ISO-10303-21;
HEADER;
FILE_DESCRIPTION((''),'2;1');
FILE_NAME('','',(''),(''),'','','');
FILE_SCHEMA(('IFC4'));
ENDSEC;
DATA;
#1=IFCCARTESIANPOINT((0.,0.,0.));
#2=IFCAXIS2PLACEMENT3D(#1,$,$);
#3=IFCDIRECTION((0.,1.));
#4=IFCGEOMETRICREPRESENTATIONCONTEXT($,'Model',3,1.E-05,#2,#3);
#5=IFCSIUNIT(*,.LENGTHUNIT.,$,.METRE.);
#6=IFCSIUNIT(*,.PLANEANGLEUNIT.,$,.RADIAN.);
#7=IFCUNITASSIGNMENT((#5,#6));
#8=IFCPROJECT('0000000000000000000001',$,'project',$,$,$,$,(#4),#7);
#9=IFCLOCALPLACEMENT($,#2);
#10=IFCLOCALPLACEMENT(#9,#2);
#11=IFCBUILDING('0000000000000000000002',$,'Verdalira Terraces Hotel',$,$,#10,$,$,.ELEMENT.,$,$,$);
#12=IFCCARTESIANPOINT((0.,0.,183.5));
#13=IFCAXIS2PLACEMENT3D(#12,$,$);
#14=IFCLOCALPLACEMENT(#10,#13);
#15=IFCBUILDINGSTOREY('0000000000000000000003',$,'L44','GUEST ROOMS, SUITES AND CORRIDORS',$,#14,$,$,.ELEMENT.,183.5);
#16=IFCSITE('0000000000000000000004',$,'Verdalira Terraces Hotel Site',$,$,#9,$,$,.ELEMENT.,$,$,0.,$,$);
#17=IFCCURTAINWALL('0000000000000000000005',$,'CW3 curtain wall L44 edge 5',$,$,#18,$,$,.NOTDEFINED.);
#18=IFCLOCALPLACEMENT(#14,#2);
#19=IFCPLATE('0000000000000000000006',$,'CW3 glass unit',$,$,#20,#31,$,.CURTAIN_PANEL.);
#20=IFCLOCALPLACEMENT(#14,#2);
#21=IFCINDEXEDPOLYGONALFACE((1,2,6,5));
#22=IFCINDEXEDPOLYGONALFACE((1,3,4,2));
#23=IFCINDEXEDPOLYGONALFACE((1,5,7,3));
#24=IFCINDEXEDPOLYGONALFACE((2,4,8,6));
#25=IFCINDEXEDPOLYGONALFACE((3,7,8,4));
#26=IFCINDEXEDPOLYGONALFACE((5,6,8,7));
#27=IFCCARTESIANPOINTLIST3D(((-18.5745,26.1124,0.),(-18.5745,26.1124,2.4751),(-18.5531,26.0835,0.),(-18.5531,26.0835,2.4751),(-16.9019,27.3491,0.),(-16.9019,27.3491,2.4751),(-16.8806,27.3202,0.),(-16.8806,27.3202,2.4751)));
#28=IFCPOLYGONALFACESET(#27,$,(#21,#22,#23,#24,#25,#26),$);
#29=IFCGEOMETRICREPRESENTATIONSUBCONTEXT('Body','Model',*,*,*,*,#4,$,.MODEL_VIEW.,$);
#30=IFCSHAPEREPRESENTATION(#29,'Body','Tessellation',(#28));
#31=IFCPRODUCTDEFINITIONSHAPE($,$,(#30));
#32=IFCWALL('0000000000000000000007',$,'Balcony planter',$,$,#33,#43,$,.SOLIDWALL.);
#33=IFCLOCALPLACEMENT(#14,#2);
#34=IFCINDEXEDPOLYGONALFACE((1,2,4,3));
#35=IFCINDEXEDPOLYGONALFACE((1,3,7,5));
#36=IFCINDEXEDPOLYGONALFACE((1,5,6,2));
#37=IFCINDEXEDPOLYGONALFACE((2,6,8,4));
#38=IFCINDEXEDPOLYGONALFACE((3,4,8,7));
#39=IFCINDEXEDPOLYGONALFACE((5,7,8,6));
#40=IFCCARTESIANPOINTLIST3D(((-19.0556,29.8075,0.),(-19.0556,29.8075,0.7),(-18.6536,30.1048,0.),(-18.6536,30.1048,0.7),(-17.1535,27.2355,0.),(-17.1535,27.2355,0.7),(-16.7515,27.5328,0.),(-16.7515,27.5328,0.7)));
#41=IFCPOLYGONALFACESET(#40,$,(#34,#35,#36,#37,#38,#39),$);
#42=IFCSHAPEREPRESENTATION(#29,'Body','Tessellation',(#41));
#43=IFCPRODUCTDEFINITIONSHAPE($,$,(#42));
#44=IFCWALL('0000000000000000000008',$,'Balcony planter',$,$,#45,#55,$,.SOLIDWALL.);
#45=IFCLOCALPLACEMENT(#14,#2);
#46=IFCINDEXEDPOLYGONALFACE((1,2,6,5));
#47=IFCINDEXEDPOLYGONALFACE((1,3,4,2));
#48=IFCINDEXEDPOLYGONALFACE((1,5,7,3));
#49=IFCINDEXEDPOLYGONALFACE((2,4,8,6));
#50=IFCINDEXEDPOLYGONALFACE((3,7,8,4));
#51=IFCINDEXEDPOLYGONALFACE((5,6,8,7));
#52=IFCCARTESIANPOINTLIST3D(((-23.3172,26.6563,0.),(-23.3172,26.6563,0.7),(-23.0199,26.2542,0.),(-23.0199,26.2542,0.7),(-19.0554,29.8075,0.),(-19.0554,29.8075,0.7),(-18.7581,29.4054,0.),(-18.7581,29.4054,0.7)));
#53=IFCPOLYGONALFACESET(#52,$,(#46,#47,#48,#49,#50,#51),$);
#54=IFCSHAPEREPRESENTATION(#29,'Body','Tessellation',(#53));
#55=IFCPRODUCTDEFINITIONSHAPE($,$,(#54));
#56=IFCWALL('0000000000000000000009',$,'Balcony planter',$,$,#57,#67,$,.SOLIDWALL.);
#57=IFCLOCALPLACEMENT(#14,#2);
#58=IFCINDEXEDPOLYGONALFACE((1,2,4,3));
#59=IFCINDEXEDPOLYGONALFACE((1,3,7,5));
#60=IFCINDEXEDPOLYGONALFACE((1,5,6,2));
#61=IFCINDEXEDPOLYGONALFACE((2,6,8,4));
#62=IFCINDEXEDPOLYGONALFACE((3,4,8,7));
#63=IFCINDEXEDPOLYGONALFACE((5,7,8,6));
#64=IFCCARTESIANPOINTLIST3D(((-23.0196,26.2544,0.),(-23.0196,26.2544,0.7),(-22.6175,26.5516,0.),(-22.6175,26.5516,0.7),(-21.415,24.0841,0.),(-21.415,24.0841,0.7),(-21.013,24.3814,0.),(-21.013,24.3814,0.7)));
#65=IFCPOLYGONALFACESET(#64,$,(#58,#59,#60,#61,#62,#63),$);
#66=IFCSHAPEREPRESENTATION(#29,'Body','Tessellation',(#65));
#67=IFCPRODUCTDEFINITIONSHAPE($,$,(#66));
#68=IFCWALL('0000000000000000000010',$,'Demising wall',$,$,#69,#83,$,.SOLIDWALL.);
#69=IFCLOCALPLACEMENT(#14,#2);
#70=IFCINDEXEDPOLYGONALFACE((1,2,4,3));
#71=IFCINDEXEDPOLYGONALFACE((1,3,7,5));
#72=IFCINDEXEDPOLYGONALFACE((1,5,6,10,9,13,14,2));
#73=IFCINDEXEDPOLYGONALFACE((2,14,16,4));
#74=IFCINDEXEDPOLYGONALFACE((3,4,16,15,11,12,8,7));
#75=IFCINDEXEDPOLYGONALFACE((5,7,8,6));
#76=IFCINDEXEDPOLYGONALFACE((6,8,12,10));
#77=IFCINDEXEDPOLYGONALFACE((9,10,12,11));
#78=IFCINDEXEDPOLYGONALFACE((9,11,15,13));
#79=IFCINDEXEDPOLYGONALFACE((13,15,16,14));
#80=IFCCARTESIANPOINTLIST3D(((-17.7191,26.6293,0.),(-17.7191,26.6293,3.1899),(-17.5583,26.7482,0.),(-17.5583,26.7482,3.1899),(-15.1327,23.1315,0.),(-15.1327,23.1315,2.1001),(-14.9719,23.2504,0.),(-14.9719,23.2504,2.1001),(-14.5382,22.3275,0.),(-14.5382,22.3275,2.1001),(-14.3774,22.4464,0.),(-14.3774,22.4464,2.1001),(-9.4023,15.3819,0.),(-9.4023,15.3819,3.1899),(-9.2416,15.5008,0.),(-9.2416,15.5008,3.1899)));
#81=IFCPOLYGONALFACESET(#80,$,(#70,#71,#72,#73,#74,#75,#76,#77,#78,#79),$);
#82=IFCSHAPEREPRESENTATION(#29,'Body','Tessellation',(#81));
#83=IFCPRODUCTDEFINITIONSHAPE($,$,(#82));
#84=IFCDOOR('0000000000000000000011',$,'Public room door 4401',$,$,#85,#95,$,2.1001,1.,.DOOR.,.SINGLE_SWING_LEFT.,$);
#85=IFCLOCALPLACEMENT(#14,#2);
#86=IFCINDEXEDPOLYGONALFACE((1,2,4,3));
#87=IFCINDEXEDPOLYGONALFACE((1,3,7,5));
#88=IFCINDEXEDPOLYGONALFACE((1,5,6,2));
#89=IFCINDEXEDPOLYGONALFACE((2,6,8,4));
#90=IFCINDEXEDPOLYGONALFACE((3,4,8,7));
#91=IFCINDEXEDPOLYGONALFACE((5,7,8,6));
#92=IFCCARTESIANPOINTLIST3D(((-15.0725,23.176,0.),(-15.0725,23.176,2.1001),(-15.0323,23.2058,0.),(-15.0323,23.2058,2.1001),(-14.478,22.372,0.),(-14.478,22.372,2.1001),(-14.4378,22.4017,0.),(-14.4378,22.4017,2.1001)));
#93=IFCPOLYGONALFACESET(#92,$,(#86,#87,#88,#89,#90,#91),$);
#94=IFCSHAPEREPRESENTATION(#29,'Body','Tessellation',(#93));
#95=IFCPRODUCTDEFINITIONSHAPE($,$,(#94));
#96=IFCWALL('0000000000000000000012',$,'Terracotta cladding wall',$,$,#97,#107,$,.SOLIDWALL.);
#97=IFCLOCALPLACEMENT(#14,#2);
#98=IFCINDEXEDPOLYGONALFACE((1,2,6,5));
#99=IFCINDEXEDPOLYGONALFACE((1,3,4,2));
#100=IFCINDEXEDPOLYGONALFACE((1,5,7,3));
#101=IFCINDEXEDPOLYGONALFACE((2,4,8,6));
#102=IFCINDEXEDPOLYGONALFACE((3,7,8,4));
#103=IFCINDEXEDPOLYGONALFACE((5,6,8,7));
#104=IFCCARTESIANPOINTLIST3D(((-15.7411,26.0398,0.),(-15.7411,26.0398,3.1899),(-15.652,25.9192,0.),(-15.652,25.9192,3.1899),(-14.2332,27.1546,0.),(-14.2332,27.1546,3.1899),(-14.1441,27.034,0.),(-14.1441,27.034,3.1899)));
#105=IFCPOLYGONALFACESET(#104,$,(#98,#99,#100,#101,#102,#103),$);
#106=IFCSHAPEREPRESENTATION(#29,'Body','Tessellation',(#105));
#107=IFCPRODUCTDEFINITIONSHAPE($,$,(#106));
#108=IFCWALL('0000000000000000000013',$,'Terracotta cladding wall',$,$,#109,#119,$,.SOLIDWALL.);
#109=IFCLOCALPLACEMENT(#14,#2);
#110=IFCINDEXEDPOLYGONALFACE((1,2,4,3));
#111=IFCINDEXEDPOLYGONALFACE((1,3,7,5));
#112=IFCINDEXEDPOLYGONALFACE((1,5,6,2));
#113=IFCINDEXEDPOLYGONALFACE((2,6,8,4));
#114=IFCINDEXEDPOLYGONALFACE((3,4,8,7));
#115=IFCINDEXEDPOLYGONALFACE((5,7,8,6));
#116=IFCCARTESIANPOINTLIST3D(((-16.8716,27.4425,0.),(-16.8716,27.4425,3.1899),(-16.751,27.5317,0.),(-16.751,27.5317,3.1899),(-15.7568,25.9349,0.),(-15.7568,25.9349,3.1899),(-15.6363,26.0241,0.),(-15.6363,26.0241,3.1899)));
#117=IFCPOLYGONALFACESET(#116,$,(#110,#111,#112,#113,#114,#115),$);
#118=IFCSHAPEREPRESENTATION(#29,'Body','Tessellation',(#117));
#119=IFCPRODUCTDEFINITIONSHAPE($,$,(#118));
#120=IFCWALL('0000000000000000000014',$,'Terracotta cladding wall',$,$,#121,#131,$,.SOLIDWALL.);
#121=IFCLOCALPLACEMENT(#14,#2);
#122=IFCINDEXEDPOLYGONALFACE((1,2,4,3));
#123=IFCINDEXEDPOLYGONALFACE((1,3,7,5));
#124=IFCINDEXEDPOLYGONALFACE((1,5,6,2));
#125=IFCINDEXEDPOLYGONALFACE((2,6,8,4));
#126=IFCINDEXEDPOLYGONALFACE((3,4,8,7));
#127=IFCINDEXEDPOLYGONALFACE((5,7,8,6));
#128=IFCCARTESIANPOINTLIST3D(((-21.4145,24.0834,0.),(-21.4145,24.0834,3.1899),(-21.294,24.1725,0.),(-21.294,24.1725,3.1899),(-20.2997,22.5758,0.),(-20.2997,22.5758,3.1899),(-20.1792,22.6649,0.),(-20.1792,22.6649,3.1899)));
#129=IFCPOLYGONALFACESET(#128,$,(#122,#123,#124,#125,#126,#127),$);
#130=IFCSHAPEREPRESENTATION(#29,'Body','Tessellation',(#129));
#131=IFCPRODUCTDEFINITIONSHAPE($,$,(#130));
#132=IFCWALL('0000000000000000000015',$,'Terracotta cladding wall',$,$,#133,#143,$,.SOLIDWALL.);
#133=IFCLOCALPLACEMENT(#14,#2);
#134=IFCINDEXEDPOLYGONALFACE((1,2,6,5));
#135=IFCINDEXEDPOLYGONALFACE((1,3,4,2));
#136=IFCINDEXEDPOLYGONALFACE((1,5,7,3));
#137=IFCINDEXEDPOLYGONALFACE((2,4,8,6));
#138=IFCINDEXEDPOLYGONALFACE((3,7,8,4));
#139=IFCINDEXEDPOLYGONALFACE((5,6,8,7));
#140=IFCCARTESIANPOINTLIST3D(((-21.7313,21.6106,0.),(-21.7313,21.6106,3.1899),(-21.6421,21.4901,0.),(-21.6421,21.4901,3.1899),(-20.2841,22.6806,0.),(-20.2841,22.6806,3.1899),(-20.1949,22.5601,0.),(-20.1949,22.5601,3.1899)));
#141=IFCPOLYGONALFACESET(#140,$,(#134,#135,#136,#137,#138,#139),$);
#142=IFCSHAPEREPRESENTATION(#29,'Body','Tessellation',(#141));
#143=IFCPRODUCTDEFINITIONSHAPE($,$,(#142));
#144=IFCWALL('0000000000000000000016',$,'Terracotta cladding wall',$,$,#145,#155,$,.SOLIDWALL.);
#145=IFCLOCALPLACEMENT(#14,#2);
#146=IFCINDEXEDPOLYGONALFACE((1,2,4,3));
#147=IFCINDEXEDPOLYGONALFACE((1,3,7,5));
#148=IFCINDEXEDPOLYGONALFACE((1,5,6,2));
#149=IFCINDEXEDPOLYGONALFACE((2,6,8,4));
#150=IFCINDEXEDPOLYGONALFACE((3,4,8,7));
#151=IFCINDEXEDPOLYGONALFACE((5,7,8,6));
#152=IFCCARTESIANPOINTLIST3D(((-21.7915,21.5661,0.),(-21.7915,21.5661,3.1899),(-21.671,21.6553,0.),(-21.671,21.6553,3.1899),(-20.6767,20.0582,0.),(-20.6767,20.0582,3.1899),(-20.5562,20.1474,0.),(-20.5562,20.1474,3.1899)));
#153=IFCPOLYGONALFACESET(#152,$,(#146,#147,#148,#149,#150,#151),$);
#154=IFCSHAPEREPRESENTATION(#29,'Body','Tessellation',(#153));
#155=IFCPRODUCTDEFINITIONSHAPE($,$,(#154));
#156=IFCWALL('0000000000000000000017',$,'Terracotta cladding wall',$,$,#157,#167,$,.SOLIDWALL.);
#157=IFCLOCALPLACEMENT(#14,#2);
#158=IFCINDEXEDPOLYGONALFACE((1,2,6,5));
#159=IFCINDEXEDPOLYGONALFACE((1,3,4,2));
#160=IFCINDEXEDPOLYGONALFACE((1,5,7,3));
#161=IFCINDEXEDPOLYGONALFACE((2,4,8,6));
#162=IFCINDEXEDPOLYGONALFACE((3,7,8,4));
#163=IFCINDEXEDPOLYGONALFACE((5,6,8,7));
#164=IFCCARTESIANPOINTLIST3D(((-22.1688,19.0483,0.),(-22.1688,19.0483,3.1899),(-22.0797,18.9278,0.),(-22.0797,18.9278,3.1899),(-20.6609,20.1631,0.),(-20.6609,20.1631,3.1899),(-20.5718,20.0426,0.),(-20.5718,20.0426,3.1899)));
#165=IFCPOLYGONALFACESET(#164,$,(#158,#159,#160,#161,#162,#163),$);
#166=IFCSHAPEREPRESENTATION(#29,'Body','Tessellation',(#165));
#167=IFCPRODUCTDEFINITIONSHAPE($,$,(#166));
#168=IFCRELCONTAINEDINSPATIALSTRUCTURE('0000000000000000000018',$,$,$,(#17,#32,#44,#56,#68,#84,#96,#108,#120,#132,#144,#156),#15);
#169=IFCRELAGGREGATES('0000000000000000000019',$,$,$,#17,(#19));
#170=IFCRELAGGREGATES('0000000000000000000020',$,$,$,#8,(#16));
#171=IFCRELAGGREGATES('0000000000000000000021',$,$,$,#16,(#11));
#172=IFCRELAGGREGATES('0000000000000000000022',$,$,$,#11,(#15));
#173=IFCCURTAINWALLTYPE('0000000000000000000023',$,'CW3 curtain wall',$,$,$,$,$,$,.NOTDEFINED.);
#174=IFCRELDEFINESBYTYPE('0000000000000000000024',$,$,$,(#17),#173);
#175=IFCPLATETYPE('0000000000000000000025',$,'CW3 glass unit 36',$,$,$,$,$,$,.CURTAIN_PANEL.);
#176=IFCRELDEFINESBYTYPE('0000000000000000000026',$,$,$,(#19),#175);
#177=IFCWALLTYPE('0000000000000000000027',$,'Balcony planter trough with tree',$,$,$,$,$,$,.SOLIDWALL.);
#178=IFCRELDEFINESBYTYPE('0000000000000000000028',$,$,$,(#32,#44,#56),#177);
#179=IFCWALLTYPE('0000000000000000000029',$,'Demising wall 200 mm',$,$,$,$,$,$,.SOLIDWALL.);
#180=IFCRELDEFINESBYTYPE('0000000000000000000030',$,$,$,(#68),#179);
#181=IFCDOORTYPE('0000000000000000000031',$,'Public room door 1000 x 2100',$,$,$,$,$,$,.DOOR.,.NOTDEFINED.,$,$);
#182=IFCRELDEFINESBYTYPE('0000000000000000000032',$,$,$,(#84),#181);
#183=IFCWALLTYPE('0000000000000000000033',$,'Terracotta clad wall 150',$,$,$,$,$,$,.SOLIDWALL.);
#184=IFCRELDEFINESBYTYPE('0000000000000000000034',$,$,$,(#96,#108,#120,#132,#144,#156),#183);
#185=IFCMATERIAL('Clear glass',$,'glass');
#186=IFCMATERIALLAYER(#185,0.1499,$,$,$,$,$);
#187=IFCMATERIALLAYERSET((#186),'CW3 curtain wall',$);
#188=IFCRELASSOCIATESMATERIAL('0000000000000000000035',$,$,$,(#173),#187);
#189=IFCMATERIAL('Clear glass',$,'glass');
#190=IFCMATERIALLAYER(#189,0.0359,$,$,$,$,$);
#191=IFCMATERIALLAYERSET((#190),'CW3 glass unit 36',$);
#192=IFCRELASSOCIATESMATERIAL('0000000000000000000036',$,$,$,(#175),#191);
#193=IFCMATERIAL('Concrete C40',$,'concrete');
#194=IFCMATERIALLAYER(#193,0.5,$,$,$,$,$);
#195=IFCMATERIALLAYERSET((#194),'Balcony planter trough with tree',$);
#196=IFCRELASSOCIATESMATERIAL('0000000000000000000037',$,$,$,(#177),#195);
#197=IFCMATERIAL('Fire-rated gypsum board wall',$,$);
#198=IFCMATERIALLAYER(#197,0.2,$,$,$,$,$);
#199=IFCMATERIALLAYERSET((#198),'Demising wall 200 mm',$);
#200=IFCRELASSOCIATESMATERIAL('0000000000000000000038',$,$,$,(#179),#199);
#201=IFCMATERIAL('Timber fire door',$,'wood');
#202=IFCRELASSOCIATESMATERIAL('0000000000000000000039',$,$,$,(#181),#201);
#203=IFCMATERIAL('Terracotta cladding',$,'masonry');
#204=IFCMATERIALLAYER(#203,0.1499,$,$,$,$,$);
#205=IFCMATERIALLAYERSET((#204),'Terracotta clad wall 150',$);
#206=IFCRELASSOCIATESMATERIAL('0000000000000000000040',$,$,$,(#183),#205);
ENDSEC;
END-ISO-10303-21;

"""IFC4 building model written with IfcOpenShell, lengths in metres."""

from ifc_helpers import new_model, si_unit, direction, frame, frame_2d, origin, origin_2d, place, context, subcontext, project, spatial, rectangle, extrude, material, layer, layer_set, type_object, element, fill, aggregate, save


model = new_model("IFC4")

# Units and contexts
model_context = context("Model", 3, precision=1e-05, world=origin(), true_north=direction((0.0, 1.0)))
body_context = subcontext(model_context, "Body", "Model", "MODEL_VIEW")
ifc_project = project(units=[si_unit("LENGTHUNIT", "METRE"), si_unit("PLANEANGLEUNIT", "RADIAN")], contexts=[model_context])

# Site, building, storey
site_placement = place(None, origin())
site = spatial("IfcSite", under=ifc_project, at=site_placement, Name="Verdalira Terraces Hotel Site", CompositionType="ELEMENT", RefElevation=0.0)
building_placement = place(site_placement, origin())
building = spatial("IfcBuilding", under=site, at=building_placement, Name="Verdalira Terraces Hotel", CompositionType="ELEMENT")
storey_placement = place(building_placement, frame((0.0, 0.0, 183.5)))
storey = spatial("IfcBuildingStorey", under=building, at=storey_placement, Name="L44", Description="GUEST ROOMS, SUITES AND CORRIDORS", CompositionType="ELEMENT", Elevation=183.5)

# Curtain wall
ifc_material_1 = material(Name="Clear glass", Category="glass")
ifc_layer_1 = layer(ifc_material_1, 0.1499)
ifc_layer_set_1 = layer_set([ifc_layer_1], Name="CW3 curtain wall")
curtain_wall_type_1 = type_object("IfcCurtainWallType", Name="CW3 curtain wall", PredefinedType="NOTDEFINED", material=ifc_layer_set_1)
curtain_wall_1_placement = place(storey_placement, origin())
curtain_wall_1 = element("IfcCurtainWall", 1, at=curtain_wall_1_placement, inside=storey, type_object=curtain_wall_type_1, Name="CW3 curtain wall L44 edge 5", PredefinedType="NOTDEFINED")

# Plate
ifc_material_2 = material(Name="Clear glass", Category="glass")
ifc_layer_2 = layer(ifc_material_2, 0.0359)
ifc_layer_set_2 = layer_set([ifc_layer_2], Name="CW3 glass unit 36")
plate_type = type_object("IfcPlateType", Name="CW3 glass unit 36", PredefinedType="CURTAIN_PANEL", material=ifc_layer_set_2)
plate_placement = place(storey_placement, frame((-17.7275, 26.7163, 0.0), z_axis=(0.0, 0.0, 1.0), x_axis=(-0.804064, -0.594542, 0.0)))
plate = element("IfcPlate", 2, at=plate_placement, type_object=plate_type, Name="CW3 glass unit", PredefinedType="CURTAIN_PANEL", context=body_context, shape_type="SweptSolid", body=[
    extrude(rectangle(XDim=2.0801, YDim=0.0359, at=origin_2d()), origin(), (0.0, 0.0, 1.0), 2.4751),
])
aggregate(curtain_wall_1, [plate])

# Walls
ifc_material_3 = material(Name="Concrete C40", Category="concrete")
ifc_layer_3 = layer(ifc_material_3, 0.5)
ifc_layer_set_3 = layer_set([ifc_layer_3], Name="Balcony planter trough with tree")
wall_type_1 = type_object("IfcWallType", Name="Balcony planter trough with tree", PredefinedType="SOLIDWALL", material=ifc_layer_set_3)
wall_1_placement = place(storey_placement, frame((-16.9524, 27.384, 0.0), z_axis=(0.0, 0.0, 1.0), x_axis=(-0.594601, 0.804021, 0.0)))
element("IfcWall", 3, at=wall_1_placement, inside=storey, type_object=wall_type_1, Name="Balcony planter", PredefinedType="SOLIDWALL", context=body_context, shape_type="SweptSolid", body=[
    extrude(rectangle(XDim=3.199, YDim=0.5, at=frame_2d((1.5996, 0.0))), origin(), (0.0, 0.0, 1.0), 0.7),
])
wall_2_placement = place(storey_placement, frame((-18.9067, 29.6064, 0.0), z_axis=(0.0, 0.0, 1.0), x_axis=(-0.804072, -0.594532, 0.0)))
element("IfcWall", 4, at=wall_2_placement, inside=storey, type_object=wall_type_1, Name="Balcony planter", PredefinedType="SOLIDWALL", context=body_context, shape_type="SweptSolid", body=[
    extrude(rectangle(XDim=5.3003, YDim=0.5, at=frame_2d((2.6501, 0.0))), origin(), (0.0, 0.0, 1.0), 0.7),
])
wall_3_placement = place(storey_placement, frame((-22.8186, 26.4031, 0.0), z_axis=(0.0, 0.0, 1.0), x_axis=(0.5945, -0.804095, 0.0)))
element("IfcWall", 5, at=wall_3_placement, inside=storey, type_object=wall_type_1, Name="Balcony planter", PredefinedType="SOLIDWALL", context=body_context, shape_type="SweptSolid", body=[
    extrude(rectangle(XDim=2.699, YDim=0.5, at=frame_2d((1.3496, 0.0))), origin(), (0.0, 0.0, 1.0), 0.7),
])

# Wall, opening, door
ifc_material_4 = material(Name="Fire-rated gypsum board wall")
ifc_layer_4 = layer(ifc_material_4, 0.2)
ifc_layer_set_4 = layer_set([ifc_layer_4], Name="Demising wall 200 mm")
wall_type_2 = type_object("IfcWallType", Name="Demising wall 200 mm", PredefinedType="SOLIDWALL", material=ifc_layer_set_4)
wall_4_placement = place(storey_placement, frame((-17.6387, 26.6887, 0.0), z_axis=(0.0, 0.0, 1.0), x_axis=(0.594549, -0.804059, 0.0)))
wall_4 = element("IfcWall", 6, at=wall_4_placement, inside=storey, type_object=wall_type_2, Name="Demising wall", PredefinedType="SOLIDWALL", context=body_context, shape_type="SweptSolid", body=[
    extrude(rectangle(XDim=13.9883, YDim=0.2, at=frame_2d((6.9941, 0.0))), origin(), (0.0, 0.0, 1.0), 3.1899),
])
opening_1_placement = place(wall_4_placement, frame((4.3501, 0.0, 0.0)))
opening_1 = element("IfcOpeningElement", 7, at=opening_1_placement, cuts=wall_4, PredefinedType="OPENING", context=body_context, shape_type="SweptSolid", body=[
    extrude(rectangle(XDim=1.0, YDim=2.1001, at=frame_2d((0.5, 1.05))), frame((0.0, 0.1099, 0.0), z_axis=(0.0, -1.0, 0.0), x_axis=(1.0, 0.0, 0.0)), (0.0, 0.0, 1.0), 0.22),
])
ifc_material_5 = material(Name="Timber fire door", Category="wood")
door_type_1 = type_object("IfcDoorType", Name="Public room door 1000 x 2100", OperationType="NOTDEFINED", PredefinedType="DOOR", material=ifc_material_5)
door_1_placement = place(opening_1_placement, origin())
door_1 = element("IfcDoor", 8, at=door_1_placement, inside=storey, type_object=door_type_1, Name="Public room door 4401", OperationType="SINGLE_SWING_LEFT", OverallHeight=2.1001, OverallWidth=1.0, PredefinedType="DOOR", context=body_context, shape_type="SweptSolid", body=[
    extrude(rectangle(XDim=1.0, YDim=2.1001, at=frame_2d((0.5, 1.05))), frame((0.0, 0.0249, 0.0), z_axis=(0.0, -1.0, 0.0), x_axis=(1.0, 0.0, 0.0)), (0.0, 0.0, 1.0), 0.05),
])
fill(opening_1, door_1)

# Walls
ifc_material_6 = material(Name="Terracotta cladding", Category="masonry")
ifc_layer_5 = layer(ifc_material_6, 0.1499)
ifc_layer_set_5 = layer_set([ifc_layer_5], Name="Terracotta clad wall 150")
wall_type_3 = type_object("IfcWallType", Name="Terracotta clad wall 150", PredefinedType="SOLIDWALL", material=ifc_layer_set_5)
wall_5_placement = place(storey_placement, frame((-14.1887, 27.0942, 0.0), z_axis=(0.0, 0.0, 1.0), x_axis=(-0.804106, -0.594486, 0.0)))
element("IfcWall", 9, at=wall_5_placement, inside=storey, type_object=wall_type_3, Name="Terracotta cladding wall", PredefinedType="SOLIDWALL", context=body_context, shape_type="SweptSolid", body=[
    extrude(rectangle(XDim=1.8752, YDim=0.1499, at=frame_2d((0.9375, 0.0))), origin(), (0.0, 0.0, 1.0), 3.1899),
])
for number, where, z_axis, x_axis, name in (
    (10, (-15.6965, 25.9795, 0.0), (0.0, 0.0, 1.0), (-0.594548, 0.80406, 0.0), "Terracotta cladding wall"),
    (11, (-21.3542, 24.1279, 0.0), (0.0, 0.0, 1.0), (0.594548, -0.80406, 0.0), "Terracotta cladding wall"),
):
    element("IfcWall", number, at=place(storey_placement, frame(where, z_axis=z_axis, x_axis=x_axis)), inside=storey, type_object=wall_type_3, Name=name, PredefinedType="SOLIDWALL", context=body_context, shape_type="SweptSolid", body=[
        extrude(rectangle(XDim=1.875, YDim=0.1499, at=frame_2d((0.9375, 0.0))), origin(), (0.0, 0.0, 1.0), 3.1899),
    ])
wall_6_placement = place(storey_placement, frame((-20.2395, 22.6204, 0.0), z_axis=(0.0, 0.0, 1.0), x_axis=(-0.804083, -0.594517, 0.0)))
element("IfcWall", 12, at=wall_6_placement, inside=storey, type_object=wall_type_3, Name="Terracotta cladding wall", PredefinedType="SOLIDWALL", context=body_context, shape_type="SweptSolid", body=[
    extrude(rectangle(XDim=1.7998, YDim=0.1499, at=frame_2d((0.8999, 0.0))), origin(), (0.0, 0.0, 1.0), 3.1899),
])
for number, where, z_axis, x_axis, name in (
    (13, (-21.7312, 21.6106, 0.0), (0.0, 0.0, 1.0), (0.594486, -0.804106, 0.0), "Terracotta cladding wall"),
    (14, (-20.6165, 20.1028, 0.0), (0.0, 0.0, 1.0), (-0.804106, -0.594486, 0.0), "Terracotta cladding wall"),
):
    element("IfcWall", number, at=place(storey_placement, frame(where, z_axis=z_axis, x_axis=x_axis)), inside=storey, type_object=wall_type_3, Name=name, PredefinedType="SOLIDWALL", context=body_context, shape_type="SweptSolid", body=[
        extrude(rectangle(XDim=1.8752, YDim=0.1499, at=frame_2d((0.9375, 0.0))), origin(), (0.0, 0.0, 1.0), 3.1899),
    ])

save(model, "model.ifc")
